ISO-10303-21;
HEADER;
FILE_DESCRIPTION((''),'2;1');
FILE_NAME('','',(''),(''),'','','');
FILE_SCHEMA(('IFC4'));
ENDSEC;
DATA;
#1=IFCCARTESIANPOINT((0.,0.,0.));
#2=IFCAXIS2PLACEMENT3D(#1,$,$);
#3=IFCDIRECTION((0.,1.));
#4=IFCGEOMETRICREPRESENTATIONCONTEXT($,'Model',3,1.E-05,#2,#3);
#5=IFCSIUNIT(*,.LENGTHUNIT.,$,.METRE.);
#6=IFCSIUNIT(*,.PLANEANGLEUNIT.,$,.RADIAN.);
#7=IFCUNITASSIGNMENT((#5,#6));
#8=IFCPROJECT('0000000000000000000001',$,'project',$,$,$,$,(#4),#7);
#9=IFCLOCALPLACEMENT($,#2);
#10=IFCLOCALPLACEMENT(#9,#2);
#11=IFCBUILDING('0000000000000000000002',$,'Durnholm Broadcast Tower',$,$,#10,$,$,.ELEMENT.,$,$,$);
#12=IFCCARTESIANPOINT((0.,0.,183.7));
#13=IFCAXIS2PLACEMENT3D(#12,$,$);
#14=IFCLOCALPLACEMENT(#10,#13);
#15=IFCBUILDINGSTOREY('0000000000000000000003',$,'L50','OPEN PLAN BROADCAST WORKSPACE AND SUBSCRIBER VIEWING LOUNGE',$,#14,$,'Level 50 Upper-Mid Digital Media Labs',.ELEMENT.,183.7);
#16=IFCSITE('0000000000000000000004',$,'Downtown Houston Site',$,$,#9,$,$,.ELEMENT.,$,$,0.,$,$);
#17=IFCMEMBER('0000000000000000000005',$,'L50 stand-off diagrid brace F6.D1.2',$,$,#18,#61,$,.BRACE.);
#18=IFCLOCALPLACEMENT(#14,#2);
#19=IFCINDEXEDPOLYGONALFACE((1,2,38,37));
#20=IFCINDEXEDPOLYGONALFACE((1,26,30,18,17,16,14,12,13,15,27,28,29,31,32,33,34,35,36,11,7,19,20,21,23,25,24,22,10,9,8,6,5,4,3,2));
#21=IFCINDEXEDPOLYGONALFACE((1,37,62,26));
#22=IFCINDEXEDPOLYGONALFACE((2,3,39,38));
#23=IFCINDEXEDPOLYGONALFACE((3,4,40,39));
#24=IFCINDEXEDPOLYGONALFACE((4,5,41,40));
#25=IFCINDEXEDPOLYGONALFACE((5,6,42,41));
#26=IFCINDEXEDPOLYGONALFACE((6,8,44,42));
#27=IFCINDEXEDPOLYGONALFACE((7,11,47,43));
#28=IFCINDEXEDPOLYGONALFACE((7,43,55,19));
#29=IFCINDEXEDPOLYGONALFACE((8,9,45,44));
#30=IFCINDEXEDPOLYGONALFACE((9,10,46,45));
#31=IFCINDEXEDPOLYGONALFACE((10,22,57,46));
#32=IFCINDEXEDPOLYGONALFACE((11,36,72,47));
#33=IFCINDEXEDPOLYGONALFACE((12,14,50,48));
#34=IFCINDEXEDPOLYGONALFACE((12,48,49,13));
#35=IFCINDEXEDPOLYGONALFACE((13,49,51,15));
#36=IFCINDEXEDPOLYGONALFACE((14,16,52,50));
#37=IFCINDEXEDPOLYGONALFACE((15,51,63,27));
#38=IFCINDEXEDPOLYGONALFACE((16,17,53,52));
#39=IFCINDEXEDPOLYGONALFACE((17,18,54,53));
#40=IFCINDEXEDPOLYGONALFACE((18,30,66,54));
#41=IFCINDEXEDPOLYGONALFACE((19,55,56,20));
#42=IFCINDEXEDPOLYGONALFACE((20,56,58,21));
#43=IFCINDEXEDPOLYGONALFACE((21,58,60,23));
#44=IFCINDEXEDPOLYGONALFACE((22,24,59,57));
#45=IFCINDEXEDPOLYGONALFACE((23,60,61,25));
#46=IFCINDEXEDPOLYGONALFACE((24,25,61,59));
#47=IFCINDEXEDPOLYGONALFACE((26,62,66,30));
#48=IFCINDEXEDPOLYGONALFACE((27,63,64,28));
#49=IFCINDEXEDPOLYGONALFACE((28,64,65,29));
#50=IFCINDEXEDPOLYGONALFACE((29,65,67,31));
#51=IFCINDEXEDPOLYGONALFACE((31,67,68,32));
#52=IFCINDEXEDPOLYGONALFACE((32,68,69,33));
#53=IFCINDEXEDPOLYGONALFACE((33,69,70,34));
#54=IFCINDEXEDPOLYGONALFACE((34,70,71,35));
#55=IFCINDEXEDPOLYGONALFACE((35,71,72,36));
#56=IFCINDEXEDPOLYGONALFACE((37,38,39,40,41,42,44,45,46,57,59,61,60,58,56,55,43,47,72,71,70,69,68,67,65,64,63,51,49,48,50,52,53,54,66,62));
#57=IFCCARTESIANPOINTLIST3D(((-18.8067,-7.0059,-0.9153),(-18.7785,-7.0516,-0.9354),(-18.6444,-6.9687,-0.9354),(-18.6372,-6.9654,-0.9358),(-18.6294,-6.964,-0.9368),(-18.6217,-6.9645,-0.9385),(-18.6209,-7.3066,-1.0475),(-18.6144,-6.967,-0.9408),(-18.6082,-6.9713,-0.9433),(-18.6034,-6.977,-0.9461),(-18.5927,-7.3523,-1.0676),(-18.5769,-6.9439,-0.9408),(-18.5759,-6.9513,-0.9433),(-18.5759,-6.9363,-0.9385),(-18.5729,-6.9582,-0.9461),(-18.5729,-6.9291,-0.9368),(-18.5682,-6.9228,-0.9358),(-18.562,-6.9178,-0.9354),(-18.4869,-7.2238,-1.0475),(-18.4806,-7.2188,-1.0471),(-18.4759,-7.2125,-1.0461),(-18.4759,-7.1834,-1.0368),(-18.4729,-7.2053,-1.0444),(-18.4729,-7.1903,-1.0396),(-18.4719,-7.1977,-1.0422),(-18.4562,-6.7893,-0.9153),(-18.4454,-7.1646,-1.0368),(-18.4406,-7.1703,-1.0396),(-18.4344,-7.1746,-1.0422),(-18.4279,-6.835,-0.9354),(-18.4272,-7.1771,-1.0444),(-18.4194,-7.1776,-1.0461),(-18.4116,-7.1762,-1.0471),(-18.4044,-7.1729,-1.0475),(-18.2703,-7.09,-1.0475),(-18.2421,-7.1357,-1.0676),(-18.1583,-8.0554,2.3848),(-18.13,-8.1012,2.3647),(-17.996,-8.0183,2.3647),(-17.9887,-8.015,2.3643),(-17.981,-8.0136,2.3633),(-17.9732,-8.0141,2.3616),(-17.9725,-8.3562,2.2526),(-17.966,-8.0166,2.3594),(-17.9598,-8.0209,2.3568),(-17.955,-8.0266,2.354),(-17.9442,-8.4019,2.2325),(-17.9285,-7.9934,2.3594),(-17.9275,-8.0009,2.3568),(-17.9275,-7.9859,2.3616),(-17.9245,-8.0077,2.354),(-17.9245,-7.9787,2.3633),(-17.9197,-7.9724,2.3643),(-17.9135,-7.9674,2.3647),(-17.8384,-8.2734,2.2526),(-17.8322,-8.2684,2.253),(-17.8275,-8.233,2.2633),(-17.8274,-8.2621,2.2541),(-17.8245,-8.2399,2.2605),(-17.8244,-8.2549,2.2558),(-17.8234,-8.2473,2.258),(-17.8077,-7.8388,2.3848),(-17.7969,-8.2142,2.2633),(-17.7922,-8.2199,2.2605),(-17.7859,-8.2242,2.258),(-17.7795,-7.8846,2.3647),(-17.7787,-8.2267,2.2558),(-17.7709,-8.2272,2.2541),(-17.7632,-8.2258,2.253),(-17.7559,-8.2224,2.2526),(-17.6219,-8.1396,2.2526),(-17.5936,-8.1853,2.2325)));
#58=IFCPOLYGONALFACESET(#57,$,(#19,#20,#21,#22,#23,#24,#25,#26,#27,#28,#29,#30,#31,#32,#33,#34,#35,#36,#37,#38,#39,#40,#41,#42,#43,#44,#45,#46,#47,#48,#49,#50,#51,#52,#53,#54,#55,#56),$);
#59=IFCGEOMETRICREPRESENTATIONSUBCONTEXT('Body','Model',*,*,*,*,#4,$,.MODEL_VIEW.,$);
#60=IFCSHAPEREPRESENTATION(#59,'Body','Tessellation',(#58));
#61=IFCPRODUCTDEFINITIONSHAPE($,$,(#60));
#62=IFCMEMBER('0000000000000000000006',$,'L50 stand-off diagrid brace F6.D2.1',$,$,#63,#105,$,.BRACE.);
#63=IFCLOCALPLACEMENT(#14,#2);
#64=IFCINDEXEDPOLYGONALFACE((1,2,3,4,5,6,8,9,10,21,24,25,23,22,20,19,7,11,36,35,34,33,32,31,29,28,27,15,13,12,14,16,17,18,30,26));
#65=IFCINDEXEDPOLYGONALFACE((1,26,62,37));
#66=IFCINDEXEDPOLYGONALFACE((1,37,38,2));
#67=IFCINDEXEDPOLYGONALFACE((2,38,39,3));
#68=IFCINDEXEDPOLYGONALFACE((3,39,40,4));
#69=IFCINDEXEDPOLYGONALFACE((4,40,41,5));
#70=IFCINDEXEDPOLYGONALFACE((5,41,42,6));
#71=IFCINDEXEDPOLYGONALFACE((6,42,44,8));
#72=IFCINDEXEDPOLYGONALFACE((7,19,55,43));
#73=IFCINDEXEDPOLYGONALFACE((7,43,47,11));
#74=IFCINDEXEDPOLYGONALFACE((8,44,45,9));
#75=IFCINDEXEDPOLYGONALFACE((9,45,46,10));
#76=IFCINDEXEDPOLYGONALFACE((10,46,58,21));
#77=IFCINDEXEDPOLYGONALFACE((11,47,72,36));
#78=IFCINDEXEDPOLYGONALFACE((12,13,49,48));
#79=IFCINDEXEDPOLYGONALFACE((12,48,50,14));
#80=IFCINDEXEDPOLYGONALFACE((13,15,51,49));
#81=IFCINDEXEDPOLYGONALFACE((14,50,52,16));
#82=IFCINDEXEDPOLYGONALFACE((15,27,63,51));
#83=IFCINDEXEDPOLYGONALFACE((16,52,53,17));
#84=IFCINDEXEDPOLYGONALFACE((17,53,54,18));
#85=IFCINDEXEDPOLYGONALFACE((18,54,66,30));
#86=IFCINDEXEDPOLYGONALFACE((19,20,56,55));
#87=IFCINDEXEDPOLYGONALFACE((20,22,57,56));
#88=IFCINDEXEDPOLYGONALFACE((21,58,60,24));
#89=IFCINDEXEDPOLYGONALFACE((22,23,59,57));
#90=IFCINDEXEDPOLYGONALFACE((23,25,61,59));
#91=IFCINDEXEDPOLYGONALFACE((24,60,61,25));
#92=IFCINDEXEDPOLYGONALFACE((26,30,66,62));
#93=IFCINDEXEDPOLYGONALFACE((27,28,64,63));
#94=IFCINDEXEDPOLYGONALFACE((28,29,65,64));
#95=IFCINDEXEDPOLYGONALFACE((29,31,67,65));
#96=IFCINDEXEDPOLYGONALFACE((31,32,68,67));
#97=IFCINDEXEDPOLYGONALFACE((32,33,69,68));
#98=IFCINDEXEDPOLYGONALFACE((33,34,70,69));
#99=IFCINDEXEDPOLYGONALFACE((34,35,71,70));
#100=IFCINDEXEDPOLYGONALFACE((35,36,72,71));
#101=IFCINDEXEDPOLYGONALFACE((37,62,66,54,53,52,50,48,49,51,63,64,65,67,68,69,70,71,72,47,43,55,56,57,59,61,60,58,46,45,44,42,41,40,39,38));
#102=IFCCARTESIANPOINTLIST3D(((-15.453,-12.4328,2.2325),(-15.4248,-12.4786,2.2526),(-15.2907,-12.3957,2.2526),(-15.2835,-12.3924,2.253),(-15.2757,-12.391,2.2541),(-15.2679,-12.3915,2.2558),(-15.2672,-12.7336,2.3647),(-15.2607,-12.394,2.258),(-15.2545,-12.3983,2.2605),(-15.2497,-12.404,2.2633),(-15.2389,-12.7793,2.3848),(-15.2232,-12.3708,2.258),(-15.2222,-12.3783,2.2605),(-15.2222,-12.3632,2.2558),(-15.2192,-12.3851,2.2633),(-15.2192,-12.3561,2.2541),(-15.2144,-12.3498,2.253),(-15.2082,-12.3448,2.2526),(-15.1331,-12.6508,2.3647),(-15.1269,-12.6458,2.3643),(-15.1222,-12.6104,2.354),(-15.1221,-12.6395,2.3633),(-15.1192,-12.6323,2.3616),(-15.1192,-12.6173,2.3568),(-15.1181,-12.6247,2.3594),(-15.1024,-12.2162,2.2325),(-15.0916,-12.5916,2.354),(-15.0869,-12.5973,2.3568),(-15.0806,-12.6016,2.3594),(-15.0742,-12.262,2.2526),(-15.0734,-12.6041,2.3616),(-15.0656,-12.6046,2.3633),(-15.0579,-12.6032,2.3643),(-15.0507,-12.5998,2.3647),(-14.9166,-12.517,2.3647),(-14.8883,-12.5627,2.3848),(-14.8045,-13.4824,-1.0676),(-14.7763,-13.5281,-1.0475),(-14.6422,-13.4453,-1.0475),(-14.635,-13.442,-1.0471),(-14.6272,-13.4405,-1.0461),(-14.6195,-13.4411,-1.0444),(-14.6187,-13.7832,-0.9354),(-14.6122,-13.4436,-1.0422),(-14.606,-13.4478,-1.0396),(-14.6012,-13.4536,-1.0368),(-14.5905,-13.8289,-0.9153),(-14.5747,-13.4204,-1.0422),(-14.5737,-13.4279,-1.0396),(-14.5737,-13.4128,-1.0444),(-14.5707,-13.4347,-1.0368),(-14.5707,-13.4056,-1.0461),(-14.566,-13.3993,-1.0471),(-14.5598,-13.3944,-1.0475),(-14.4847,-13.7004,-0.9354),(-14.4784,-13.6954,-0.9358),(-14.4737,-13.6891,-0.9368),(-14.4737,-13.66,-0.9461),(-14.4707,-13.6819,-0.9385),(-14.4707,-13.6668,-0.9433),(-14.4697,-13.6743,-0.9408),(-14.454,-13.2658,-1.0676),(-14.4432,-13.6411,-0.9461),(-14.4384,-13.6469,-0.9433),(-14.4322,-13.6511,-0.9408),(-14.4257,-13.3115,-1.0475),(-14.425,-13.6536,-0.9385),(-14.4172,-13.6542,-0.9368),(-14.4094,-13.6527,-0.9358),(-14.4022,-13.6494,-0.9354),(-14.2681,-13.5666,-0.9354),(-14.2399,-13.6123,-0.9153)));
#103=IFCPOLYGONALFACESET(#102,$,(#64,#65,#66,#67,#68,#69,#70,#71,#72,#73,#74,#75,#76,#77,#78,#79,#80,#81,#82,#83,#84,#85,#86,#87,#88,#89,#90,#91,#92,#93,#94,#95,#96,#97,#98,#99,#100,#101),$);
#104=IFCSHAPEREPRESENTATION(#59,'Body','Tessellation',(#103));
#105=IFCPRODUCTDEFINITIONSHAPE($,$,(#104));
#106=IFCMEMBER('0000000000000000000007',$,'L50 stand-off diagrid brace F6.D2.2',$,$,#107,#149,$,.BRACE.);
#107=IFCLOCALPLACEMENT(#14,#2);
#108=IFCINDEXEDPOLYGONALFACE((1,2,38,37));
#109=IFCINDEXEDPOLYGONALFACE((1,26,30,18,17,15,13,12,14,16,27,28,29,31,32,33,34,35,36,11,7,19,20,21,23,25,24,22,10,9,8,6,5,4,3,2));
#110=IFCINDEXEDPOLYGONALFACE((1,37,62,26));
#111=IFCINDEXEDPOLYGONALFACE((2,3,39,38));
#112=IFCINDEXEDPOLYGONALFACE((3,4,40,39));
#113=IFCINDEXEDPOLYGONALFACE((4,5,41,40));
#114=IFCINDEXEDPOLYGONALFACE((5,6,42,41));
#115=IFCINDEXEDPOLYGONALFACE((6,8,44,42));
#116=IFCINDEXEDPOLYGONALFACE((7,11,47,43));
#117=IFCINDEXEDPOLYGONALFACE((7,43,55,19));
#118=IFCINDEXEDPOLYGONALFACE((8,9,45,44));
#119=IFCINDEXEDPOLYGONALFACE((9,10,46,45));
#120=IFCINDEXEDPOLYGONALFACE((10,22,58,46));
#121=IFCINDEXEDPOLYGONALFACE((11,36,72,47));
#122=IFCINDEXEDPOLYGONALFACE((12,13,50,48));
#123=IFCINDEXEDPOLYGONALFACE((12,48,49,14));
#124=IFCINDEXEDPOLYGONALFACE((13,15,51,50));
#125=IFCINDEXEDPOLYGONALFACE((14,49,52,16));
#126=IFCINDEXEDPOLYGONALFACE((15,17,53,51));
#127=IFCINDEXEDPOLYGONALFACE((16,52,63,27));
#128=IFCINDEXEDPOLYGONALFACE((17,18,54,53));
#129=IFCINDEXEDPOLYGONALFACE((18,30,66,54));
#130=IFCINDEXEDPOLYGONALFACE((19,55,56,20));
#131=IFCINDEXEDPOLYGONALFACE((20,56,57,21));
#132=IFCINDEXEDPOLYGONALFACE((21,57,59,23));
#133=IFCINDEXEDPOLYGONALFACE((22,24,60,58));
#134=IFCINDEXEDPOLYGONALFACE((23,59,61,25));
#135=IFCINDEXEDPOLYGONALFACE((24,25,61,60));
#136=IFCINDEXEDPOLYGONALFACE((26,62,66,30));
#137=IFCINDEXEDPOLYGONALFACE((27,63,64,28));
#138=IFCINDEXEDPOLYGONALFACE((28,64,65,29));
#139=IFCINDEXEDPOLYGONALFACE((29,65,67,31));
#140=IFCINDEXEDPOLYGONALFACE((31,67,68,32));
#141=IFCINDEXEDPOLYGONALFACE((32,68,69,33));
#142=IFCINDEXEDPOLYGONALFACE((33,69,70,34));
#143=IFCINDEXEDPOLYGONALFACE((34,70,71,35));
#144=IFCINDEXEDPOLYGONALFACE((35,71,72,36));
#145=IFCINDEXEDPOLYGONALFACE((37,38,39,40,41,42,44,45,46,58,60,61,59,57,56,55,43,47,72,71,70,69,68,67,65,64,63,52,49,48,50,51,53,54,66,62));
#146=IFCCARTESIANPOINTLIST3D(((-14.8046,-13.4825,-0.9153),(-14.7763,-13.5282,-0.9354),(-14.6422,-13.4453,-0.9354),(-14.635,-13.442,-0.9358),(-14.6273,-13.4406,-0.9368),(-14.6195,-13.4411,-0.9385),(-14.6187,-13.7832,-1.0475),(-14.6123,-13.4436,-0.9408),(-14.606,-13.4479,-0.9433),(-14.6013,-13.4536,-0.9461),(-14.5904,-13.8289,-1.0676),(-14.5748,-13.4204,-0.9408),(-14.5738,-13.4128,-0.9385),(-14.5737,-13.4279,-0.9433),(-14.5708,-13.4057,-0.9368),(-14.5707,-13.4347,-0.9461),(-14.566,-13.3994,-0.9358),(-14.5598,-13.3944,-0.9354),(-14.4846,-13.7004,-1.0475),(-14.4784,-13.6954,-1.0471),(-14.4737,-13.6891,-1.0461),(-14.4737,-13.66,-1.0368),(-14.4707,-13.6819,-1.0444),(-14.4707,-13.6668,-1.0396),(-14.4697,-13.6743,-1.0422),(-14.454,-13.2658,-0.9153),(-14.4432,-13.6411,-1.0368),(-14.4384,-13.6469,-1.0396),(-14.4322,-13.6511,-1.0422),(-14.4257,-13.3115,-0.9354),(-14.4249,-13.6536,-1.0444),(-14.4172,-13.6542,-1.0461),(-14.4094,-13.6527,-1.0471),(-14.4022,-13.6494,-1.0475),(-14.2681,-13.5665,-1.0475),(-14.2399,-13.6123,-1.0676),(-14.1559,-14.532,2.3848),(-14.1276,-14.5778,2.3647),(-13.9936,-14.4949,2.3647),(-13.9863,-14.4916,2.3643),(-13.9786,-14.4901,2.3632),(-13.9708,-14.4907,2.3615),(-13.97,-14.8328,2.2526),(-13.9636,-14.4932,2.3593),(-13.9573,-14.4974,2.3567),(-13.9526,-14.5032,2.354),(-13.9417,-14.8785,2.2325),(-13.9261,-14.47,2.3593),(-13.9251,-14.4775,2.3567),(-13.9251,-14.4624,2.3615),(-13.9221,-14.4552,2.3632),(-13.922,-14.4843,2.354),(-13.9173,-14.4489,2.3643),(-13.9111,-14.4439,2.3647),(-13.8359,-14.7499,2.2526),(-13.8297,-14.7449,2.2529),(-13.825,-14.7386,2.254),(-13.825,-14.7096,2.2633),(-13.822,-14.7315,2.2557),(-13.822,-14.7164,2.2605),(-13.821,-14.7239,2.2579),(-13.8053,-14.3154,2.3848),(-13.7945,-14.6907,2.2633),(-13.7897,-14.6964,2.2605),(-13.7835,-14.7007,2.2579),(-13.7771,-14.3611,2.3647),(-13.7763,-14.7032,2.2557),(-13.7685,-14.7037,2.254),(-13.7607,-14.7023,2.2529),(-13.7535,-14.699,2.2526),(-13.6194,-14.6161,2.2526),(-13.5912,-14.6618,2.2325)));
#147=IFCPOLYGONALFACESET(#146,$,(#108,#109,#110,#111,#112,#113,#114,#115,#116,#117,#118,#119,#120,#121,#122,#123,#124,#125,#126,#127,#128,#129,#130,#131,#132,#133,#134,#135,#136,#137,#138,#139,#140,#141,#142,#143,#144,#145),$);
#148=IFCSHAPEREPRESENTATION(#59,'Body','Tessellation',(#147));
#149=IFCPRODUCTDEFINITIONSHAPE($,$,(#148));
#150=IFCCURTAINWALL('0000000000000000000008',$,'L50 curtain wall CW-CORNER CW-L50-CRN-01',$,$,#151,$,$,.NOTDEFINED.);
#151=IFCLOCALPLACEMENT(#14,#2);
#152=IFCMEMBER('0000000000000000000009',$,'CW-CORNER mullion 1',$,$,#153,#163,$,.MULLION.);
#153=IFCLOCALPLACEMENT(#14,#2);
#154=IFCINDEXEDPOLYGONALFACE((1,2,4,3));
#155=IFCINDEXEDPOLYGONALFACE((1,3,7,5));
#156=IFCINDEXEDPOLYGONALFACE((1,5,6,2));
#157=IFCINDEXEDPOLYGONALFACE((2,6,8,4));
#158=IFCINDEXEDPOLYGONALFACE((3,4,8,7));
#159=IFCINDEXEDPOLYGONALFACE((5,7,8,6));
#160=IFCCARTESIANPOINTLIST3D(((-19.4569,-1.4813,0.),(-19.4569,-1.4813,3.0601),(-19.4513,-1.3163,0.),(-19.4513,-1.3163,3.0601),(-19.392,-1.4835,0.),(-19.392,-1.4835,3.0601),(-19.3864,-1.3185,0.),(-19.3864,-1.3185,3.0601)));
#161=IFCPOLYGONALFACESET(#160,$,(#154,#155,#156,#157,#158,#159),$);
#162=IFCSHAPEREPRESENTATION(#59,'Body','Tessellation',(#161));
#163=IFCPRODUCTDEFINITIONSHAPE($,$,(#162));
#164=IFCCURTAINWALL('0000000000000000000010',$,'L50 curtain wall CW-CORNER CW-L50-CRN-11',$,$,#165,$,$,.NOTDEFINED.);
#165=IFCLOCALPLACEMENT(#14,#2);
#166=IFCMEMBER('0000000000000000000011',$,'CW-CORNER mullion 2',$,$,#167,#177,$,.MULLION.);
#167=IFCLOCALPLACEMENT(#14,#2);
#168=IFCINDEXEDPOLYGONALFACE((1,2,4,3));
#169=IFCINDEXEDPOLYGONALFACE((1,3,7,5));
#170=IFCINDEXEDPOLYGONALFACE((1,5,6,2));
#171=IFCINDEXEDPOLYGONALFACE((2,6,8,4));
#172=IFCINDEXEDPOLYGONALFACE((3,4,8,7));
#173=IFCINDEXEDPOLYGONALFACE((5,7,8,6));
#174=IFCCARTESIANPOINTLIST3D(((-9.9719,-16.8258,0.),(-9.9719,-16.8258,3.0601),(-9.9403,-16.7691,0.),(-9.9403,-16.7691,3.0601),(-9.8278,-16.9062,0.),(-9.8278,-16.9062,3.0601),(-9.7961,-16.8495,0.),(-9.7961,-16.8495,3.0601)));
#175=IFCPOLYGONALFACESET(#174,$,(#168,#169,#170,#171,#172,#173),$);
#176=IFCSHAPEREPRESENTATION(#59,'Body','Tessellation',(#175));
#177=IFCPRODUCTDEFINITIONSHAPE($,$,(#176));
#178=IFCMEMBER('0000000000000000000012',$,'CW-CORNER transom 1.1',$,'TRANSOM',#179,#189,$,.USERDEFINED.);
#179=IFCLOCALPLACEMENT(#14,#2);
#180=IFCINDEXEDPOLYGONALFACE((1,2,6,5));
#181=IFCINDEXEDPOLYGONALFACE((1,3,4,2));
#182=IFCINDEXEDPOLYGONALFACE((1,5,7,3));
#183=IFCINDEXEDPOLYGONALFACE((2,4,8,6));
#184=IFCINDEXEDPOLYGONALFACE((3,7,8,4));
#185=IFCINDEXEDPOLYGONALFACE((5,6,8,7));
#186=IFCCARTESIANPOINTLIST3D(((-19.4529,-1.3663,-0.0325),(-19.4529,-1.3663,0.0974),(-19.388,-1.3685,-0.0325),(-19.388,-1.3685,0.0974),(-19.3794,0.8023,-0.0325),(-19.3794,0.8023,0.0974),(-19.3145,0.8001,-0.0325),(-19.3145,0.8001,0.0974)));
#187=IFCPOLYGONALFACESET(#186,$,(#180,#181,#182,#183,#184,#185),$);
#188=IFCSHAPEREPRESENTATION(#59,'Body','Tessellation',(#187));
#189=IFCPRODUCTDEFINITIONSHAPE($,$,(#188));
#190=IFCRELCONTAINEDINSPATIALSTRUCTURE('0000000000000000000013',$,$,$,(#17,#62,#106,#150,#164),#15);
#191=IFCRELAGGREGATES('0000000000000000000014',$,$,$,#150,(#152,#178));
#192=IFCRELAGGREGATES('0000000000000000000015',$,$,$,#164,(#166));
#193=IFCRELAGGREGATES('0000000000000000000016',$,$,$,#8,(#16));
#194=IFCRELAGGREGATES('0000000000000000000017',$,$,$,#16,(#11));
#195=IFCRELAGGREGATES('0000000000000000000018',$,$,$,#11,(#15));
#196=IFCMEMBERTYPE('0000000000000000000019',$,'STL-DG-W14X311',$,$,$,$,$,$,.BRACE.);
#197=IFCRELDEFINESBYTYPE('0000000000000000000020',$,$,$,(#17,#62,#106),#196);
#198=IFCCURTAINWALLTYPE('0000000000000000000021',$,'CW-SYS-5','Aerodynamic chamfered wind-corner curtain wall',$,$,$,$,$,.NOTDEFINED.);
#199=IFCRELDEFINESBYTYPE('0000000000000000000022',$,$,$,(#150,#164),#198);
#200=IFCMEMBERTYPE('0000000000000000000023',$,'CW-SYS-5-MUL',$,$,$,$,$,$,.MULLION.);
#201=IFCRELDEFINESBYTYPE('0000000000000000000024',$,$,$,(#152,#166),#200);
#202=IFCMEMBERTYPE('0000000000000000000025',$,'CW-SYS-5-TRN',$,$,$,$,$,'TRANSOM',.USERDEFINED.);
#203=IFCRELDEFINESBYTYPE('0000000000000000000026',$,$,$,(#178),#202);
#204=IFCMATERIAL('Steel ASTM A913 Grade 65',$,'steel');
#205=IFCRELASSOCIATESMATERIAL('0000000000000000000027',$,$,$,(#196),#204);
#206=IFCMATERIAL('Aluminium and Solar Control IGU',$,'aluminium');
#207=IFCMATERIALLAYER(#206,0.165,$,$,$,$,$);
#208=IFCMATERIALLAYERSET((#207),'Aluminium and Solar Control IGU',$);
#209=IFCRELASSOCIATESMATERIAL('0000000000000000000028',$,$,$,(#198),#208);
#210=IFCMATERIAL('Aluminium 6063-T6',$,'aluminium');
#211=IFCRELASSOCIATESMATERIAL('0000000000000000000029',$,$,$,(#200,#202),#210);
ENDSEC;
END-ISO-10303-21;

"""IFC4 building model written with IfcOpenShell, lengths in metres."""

from ifc_helpers import new_model, si_unit, direction, frame, origin, origin_2d, place, context, subcontext, project, spatial, rectangle, i_section, extrude, source, transform, mapped, material, layer, layer_set, material_profile, profile_set, type_object, type_shapes, element, aggregate, save


model = new_model("IFC4")

# Units and contexts
model_context = context("Model", 3, precision=1e-05, world=origin(), true_north=direction((0.0, 1.0)))
body_context = subcontext(model_context, "Body", "Model", "MODEL_VIEW")
ifc_project = project(units=[si_unit("LENGTHUNIT", "METRE"), si_unit("PLANEANGLEUNIT", "RADIAN")], contexts=[model_context])

# Site, building, storey
site_placement = place(None, origin())
site = spatial("IfcSite", under=ifc_project, at=site_placement, Name="Downtown Houston Site", CompositionType="ELEMENT", RefElevation=0.0)
building_placement = place(site_placement, origin())
building = spatial("IfcBuilding", under=site, at=building_placement, Name="Durnholm Broadcast Tower", CompositionType="ELEMENT")
storey_placement = place(building_placement, frame((0.0, 0.0, 183.7)))
storey = spatial("IfcBuildingStorey", under=building, at=storey_placement, Name="L50", Description="OPEN PLAN BROADCAST WORKSPACE AND SUBSCRIBER VIEWING LOUNGE", LongName="Level 50 Upper-Mid Digital Media Labs", CompositionType="ELEMENT", Elevation=183.7)

# Members
ifc_material_1 = material(Name="Steel ASTM A913 Grade 65", Category="steel")
ifc_material_profile_1 = material_profile(ifc_material_1, i_section(OverallWidth=0.4121, OverallDepth=0.4348, WebThickness=0.0359, FlangeThickness=0.0574, FilletRadius=0.0305, at=origin_2d()), Name="W14X311")
ifc_profile_set_1 = profile_set([ifc_material_profile_1], Name="Steel ASTM A913 Grade 65")
member_type_1 = type_object("IfcMemberType", Name="STL-DG-W14X311", PredefinedType="BRACE", material=ifc_profile_set_1)
shared_shape_1 = source(origin(), body_context, "Body", "SweptSolid", [
    extrude(i_section(OverallWidth=0.4121, OverallDepth=0.4348, WebThickness=0.0359, FlangeThickness=0.0574, FilletRadius=0.0305, at=origin_2d()), origin(), (0.0, 0.0, 1.0), 3.5232),
])
type_shapes(member_type_1, [shared_shape_1])
for number, where, z_axis, x_axis, name in (
    (1, (-18.5244, -7.0708, -0.9915), (0.184052, -0.297907, 0.936684), (0.850733, 0.525598, 0.0), "L50 stand-off diagrid brace F6.D1.2"),
    (2, (-14.5222, -13.5474, -0.9915), (-0.184052, 0.297907, 0.936684), (-0.850733, -0.525598, 0.0), "L50 stand-off diagrid brace F6.D2.1"),
    (3, (-14.5222, -13.5474, -0.9915), (0.184119, -0.297903, 0.936672), (0.850644, 0.525741, 0.0), "L50 stand-off diagrid brace F6.D2.2"),
):
    element("IfcMember", number, at=place(storey_placement, frame(where, z_axis=z_axis, x_axis=x_axis)), inside=storey, type_object=member_type_1, Name=name, PredefinedType="BRACE", context=body_context, shape_type="MappedRepresentation", body=[
        mapped(shared_shape_1, transform((0.0, 0.0, 0.0), x_axis=(1.0, 0.0, 0.0), y_axis=(0.0, 1.0, 0.0), z_axis=(0.0, 0.0, 1.0), scale=1.0)),
    ])

# Curtain walls, members
ifc_material_2 = material(Name="Aluminium and Solar Control IGU", Category="aluminium")
ifc_layer_1 = layer(ifc_material_2, 0.165)
ifc_layer_set_1 = layer_set([ifc_layer_1], Name="Aluminium and Solar Control IGU")
curtain_wall_type_1 = type_object("IfcCurtainWallType", Name="CW-SYS-5", Description="Aerodynamic chamfered wind-corner curtain wall", PredefinedType="NOTDEFINED", material=ifc_layer_set_1)
curtain_wall_1_placement = place(storey_placement, origin())
curtain_wall_1 = element("IfcCurtainWall", 4, at=curtain_wall_1_placement, inside=storey, type_object=curtain_wall_type_1, Name="L50 curtain wall CW-CORNER CW-L50-CRN-01", PredefinedType="NOTDEFINED")
ifc_material_3 = material(Name="Aluminium 6063-T6", Category="aluminium")
ifc_material_profile_2 = material_profile(ifc_material_3, rectangle(XDim=0.0649, YDim=0.165, at=origin_2d()), Name="CWM65X165")
ifc_profile_set_2 = profile_set([ifc_material_profile_2], Name="Aluminium 6063-T6")
member_type_2 = type_object("IfcMemberType", Name="CW-SYS-5-MUL", PredefinedType="MULLION", material=ifc_profile_set_2)
shared_shape_2 = source(origin(), body_context, "Body", "SweptSolid", [
    extrude(rectangle(XDim=0.0649, YDim=0.165, at=origin_2d()), origin(), (0.0, 0.0, 1.0), 3.0601),
])
type_shapes(member_type_2, [shared_shape_2])
member_1_placement = place(storey_placement, frame((-19.4216, -1.3999, 0.0), z_axis=(0.0, 0.0, 1.0), x_axis=(-0.999425, 0.033913, 0.0)))
member_1 = element("IfcMember", 5, at=member_1_placement, type_object=member_type_2, Name="CW-CORNER mullion 1", PredefinedType="MULLION", context=body_context, shape_type="MappedRepresentation", body=[
    mapped(shared_shape_2, transform((0.0, 0.0, 0.0), x_axis=(1.0, 0.0, 0.0), y_axis=(0.0, 1.0, 0.0), z_axis=(0.0, 0.0, 1.0), scale=1.0)),
])
curtain_wall_2_placement = place(storey_placement, origin())
curtain_wall_2 = element("IfcCurtainWall", 6, at=curtain_wall_2_placement, inside=storey, type_object=curtain_wall_type_1, Name="L50 curtain wall CW-CORNER CW-L50-CRN-11", PredefinedType="NOTDEFINED")
member_2_placement = place(storey_placement, frame((-9.884, -16.8376, 0.0), z_axis=(0.0, 0.0, 1.0), x_axis=(-0.486986, -0.87341, 0.0)))
member_2 = element("IfcMember", 7, at=member_2_placement, type_object=member_type_2, Name="CW-CORNER mullion 2", PredefinedType="MULLION", context=body_context, shape_type="MappedRepresentation", body=[
    mapped(shared_shape_2, transform((0.0, 0.0, 0.0), x_axis=(1.0, 0.0, 0.0), y_axis=(0.0, 1.0, 0.0), z_axis=(0.0, 0.0, 1.0), scale=1.0)),
])

# Member
ifc_material_profile_3 = material_profile(ifc_material_3, rectangle(XDim=0.0649, YDim=0.1299, at=origin_2d()), Name="CWT65X130")
ifc_profile_set_3 = profile_set([ifc_material_profile_3], Name="Aluminium 6063-T6")
member_type_3 = type_object("IfcMemberType", Name="CW-SYS-5-TRN", ElementType="TRANSOM", PredefinedType="USERDEFINED", material=ifc_profile_set_3)
shared_shape_3 = source(origin(), body_context, "Body", "SweptSolid", [
    extrude(rectangle(XDim=0.0649, YDim=0.1299, at=origin_2d()), origin(), (0.0, 0.0, 1.0), 2.1699),
])
type_shapes(member_type_3, [shared_shape_3])
member_3_placement = place(storey_placement, frame((-19.4204, -1.3674, 0.0325), z_axis=(0.033866, 0.999426, 0.0), x_axis=(-0.999426, 0.033866, 0.0)))
member_3 = element("IfcMember", 8, at=member_3_placement, type_object=member_type_3, Name="CW-CORNER transom 1.1", ObjectType="TRANSOM", PredefinedType="USERDEFINED", context=body_context, shape_type="MappedRepresentation", body=[
    mapped(shared_shape_3, transform((0.0, 0.0, 0.0), x_axis=(1.0, 0.0, 0.0), y_axis=(0.0, 1.0, 0.0), z_axis=(0.0, 0.0, 1.0), scale=1.0)),
])

aggregate(curtain_wall_1, [member_1, member_3])
aggregate(curtain_wall_2, [member_2])

save(model, "model.ifc")
